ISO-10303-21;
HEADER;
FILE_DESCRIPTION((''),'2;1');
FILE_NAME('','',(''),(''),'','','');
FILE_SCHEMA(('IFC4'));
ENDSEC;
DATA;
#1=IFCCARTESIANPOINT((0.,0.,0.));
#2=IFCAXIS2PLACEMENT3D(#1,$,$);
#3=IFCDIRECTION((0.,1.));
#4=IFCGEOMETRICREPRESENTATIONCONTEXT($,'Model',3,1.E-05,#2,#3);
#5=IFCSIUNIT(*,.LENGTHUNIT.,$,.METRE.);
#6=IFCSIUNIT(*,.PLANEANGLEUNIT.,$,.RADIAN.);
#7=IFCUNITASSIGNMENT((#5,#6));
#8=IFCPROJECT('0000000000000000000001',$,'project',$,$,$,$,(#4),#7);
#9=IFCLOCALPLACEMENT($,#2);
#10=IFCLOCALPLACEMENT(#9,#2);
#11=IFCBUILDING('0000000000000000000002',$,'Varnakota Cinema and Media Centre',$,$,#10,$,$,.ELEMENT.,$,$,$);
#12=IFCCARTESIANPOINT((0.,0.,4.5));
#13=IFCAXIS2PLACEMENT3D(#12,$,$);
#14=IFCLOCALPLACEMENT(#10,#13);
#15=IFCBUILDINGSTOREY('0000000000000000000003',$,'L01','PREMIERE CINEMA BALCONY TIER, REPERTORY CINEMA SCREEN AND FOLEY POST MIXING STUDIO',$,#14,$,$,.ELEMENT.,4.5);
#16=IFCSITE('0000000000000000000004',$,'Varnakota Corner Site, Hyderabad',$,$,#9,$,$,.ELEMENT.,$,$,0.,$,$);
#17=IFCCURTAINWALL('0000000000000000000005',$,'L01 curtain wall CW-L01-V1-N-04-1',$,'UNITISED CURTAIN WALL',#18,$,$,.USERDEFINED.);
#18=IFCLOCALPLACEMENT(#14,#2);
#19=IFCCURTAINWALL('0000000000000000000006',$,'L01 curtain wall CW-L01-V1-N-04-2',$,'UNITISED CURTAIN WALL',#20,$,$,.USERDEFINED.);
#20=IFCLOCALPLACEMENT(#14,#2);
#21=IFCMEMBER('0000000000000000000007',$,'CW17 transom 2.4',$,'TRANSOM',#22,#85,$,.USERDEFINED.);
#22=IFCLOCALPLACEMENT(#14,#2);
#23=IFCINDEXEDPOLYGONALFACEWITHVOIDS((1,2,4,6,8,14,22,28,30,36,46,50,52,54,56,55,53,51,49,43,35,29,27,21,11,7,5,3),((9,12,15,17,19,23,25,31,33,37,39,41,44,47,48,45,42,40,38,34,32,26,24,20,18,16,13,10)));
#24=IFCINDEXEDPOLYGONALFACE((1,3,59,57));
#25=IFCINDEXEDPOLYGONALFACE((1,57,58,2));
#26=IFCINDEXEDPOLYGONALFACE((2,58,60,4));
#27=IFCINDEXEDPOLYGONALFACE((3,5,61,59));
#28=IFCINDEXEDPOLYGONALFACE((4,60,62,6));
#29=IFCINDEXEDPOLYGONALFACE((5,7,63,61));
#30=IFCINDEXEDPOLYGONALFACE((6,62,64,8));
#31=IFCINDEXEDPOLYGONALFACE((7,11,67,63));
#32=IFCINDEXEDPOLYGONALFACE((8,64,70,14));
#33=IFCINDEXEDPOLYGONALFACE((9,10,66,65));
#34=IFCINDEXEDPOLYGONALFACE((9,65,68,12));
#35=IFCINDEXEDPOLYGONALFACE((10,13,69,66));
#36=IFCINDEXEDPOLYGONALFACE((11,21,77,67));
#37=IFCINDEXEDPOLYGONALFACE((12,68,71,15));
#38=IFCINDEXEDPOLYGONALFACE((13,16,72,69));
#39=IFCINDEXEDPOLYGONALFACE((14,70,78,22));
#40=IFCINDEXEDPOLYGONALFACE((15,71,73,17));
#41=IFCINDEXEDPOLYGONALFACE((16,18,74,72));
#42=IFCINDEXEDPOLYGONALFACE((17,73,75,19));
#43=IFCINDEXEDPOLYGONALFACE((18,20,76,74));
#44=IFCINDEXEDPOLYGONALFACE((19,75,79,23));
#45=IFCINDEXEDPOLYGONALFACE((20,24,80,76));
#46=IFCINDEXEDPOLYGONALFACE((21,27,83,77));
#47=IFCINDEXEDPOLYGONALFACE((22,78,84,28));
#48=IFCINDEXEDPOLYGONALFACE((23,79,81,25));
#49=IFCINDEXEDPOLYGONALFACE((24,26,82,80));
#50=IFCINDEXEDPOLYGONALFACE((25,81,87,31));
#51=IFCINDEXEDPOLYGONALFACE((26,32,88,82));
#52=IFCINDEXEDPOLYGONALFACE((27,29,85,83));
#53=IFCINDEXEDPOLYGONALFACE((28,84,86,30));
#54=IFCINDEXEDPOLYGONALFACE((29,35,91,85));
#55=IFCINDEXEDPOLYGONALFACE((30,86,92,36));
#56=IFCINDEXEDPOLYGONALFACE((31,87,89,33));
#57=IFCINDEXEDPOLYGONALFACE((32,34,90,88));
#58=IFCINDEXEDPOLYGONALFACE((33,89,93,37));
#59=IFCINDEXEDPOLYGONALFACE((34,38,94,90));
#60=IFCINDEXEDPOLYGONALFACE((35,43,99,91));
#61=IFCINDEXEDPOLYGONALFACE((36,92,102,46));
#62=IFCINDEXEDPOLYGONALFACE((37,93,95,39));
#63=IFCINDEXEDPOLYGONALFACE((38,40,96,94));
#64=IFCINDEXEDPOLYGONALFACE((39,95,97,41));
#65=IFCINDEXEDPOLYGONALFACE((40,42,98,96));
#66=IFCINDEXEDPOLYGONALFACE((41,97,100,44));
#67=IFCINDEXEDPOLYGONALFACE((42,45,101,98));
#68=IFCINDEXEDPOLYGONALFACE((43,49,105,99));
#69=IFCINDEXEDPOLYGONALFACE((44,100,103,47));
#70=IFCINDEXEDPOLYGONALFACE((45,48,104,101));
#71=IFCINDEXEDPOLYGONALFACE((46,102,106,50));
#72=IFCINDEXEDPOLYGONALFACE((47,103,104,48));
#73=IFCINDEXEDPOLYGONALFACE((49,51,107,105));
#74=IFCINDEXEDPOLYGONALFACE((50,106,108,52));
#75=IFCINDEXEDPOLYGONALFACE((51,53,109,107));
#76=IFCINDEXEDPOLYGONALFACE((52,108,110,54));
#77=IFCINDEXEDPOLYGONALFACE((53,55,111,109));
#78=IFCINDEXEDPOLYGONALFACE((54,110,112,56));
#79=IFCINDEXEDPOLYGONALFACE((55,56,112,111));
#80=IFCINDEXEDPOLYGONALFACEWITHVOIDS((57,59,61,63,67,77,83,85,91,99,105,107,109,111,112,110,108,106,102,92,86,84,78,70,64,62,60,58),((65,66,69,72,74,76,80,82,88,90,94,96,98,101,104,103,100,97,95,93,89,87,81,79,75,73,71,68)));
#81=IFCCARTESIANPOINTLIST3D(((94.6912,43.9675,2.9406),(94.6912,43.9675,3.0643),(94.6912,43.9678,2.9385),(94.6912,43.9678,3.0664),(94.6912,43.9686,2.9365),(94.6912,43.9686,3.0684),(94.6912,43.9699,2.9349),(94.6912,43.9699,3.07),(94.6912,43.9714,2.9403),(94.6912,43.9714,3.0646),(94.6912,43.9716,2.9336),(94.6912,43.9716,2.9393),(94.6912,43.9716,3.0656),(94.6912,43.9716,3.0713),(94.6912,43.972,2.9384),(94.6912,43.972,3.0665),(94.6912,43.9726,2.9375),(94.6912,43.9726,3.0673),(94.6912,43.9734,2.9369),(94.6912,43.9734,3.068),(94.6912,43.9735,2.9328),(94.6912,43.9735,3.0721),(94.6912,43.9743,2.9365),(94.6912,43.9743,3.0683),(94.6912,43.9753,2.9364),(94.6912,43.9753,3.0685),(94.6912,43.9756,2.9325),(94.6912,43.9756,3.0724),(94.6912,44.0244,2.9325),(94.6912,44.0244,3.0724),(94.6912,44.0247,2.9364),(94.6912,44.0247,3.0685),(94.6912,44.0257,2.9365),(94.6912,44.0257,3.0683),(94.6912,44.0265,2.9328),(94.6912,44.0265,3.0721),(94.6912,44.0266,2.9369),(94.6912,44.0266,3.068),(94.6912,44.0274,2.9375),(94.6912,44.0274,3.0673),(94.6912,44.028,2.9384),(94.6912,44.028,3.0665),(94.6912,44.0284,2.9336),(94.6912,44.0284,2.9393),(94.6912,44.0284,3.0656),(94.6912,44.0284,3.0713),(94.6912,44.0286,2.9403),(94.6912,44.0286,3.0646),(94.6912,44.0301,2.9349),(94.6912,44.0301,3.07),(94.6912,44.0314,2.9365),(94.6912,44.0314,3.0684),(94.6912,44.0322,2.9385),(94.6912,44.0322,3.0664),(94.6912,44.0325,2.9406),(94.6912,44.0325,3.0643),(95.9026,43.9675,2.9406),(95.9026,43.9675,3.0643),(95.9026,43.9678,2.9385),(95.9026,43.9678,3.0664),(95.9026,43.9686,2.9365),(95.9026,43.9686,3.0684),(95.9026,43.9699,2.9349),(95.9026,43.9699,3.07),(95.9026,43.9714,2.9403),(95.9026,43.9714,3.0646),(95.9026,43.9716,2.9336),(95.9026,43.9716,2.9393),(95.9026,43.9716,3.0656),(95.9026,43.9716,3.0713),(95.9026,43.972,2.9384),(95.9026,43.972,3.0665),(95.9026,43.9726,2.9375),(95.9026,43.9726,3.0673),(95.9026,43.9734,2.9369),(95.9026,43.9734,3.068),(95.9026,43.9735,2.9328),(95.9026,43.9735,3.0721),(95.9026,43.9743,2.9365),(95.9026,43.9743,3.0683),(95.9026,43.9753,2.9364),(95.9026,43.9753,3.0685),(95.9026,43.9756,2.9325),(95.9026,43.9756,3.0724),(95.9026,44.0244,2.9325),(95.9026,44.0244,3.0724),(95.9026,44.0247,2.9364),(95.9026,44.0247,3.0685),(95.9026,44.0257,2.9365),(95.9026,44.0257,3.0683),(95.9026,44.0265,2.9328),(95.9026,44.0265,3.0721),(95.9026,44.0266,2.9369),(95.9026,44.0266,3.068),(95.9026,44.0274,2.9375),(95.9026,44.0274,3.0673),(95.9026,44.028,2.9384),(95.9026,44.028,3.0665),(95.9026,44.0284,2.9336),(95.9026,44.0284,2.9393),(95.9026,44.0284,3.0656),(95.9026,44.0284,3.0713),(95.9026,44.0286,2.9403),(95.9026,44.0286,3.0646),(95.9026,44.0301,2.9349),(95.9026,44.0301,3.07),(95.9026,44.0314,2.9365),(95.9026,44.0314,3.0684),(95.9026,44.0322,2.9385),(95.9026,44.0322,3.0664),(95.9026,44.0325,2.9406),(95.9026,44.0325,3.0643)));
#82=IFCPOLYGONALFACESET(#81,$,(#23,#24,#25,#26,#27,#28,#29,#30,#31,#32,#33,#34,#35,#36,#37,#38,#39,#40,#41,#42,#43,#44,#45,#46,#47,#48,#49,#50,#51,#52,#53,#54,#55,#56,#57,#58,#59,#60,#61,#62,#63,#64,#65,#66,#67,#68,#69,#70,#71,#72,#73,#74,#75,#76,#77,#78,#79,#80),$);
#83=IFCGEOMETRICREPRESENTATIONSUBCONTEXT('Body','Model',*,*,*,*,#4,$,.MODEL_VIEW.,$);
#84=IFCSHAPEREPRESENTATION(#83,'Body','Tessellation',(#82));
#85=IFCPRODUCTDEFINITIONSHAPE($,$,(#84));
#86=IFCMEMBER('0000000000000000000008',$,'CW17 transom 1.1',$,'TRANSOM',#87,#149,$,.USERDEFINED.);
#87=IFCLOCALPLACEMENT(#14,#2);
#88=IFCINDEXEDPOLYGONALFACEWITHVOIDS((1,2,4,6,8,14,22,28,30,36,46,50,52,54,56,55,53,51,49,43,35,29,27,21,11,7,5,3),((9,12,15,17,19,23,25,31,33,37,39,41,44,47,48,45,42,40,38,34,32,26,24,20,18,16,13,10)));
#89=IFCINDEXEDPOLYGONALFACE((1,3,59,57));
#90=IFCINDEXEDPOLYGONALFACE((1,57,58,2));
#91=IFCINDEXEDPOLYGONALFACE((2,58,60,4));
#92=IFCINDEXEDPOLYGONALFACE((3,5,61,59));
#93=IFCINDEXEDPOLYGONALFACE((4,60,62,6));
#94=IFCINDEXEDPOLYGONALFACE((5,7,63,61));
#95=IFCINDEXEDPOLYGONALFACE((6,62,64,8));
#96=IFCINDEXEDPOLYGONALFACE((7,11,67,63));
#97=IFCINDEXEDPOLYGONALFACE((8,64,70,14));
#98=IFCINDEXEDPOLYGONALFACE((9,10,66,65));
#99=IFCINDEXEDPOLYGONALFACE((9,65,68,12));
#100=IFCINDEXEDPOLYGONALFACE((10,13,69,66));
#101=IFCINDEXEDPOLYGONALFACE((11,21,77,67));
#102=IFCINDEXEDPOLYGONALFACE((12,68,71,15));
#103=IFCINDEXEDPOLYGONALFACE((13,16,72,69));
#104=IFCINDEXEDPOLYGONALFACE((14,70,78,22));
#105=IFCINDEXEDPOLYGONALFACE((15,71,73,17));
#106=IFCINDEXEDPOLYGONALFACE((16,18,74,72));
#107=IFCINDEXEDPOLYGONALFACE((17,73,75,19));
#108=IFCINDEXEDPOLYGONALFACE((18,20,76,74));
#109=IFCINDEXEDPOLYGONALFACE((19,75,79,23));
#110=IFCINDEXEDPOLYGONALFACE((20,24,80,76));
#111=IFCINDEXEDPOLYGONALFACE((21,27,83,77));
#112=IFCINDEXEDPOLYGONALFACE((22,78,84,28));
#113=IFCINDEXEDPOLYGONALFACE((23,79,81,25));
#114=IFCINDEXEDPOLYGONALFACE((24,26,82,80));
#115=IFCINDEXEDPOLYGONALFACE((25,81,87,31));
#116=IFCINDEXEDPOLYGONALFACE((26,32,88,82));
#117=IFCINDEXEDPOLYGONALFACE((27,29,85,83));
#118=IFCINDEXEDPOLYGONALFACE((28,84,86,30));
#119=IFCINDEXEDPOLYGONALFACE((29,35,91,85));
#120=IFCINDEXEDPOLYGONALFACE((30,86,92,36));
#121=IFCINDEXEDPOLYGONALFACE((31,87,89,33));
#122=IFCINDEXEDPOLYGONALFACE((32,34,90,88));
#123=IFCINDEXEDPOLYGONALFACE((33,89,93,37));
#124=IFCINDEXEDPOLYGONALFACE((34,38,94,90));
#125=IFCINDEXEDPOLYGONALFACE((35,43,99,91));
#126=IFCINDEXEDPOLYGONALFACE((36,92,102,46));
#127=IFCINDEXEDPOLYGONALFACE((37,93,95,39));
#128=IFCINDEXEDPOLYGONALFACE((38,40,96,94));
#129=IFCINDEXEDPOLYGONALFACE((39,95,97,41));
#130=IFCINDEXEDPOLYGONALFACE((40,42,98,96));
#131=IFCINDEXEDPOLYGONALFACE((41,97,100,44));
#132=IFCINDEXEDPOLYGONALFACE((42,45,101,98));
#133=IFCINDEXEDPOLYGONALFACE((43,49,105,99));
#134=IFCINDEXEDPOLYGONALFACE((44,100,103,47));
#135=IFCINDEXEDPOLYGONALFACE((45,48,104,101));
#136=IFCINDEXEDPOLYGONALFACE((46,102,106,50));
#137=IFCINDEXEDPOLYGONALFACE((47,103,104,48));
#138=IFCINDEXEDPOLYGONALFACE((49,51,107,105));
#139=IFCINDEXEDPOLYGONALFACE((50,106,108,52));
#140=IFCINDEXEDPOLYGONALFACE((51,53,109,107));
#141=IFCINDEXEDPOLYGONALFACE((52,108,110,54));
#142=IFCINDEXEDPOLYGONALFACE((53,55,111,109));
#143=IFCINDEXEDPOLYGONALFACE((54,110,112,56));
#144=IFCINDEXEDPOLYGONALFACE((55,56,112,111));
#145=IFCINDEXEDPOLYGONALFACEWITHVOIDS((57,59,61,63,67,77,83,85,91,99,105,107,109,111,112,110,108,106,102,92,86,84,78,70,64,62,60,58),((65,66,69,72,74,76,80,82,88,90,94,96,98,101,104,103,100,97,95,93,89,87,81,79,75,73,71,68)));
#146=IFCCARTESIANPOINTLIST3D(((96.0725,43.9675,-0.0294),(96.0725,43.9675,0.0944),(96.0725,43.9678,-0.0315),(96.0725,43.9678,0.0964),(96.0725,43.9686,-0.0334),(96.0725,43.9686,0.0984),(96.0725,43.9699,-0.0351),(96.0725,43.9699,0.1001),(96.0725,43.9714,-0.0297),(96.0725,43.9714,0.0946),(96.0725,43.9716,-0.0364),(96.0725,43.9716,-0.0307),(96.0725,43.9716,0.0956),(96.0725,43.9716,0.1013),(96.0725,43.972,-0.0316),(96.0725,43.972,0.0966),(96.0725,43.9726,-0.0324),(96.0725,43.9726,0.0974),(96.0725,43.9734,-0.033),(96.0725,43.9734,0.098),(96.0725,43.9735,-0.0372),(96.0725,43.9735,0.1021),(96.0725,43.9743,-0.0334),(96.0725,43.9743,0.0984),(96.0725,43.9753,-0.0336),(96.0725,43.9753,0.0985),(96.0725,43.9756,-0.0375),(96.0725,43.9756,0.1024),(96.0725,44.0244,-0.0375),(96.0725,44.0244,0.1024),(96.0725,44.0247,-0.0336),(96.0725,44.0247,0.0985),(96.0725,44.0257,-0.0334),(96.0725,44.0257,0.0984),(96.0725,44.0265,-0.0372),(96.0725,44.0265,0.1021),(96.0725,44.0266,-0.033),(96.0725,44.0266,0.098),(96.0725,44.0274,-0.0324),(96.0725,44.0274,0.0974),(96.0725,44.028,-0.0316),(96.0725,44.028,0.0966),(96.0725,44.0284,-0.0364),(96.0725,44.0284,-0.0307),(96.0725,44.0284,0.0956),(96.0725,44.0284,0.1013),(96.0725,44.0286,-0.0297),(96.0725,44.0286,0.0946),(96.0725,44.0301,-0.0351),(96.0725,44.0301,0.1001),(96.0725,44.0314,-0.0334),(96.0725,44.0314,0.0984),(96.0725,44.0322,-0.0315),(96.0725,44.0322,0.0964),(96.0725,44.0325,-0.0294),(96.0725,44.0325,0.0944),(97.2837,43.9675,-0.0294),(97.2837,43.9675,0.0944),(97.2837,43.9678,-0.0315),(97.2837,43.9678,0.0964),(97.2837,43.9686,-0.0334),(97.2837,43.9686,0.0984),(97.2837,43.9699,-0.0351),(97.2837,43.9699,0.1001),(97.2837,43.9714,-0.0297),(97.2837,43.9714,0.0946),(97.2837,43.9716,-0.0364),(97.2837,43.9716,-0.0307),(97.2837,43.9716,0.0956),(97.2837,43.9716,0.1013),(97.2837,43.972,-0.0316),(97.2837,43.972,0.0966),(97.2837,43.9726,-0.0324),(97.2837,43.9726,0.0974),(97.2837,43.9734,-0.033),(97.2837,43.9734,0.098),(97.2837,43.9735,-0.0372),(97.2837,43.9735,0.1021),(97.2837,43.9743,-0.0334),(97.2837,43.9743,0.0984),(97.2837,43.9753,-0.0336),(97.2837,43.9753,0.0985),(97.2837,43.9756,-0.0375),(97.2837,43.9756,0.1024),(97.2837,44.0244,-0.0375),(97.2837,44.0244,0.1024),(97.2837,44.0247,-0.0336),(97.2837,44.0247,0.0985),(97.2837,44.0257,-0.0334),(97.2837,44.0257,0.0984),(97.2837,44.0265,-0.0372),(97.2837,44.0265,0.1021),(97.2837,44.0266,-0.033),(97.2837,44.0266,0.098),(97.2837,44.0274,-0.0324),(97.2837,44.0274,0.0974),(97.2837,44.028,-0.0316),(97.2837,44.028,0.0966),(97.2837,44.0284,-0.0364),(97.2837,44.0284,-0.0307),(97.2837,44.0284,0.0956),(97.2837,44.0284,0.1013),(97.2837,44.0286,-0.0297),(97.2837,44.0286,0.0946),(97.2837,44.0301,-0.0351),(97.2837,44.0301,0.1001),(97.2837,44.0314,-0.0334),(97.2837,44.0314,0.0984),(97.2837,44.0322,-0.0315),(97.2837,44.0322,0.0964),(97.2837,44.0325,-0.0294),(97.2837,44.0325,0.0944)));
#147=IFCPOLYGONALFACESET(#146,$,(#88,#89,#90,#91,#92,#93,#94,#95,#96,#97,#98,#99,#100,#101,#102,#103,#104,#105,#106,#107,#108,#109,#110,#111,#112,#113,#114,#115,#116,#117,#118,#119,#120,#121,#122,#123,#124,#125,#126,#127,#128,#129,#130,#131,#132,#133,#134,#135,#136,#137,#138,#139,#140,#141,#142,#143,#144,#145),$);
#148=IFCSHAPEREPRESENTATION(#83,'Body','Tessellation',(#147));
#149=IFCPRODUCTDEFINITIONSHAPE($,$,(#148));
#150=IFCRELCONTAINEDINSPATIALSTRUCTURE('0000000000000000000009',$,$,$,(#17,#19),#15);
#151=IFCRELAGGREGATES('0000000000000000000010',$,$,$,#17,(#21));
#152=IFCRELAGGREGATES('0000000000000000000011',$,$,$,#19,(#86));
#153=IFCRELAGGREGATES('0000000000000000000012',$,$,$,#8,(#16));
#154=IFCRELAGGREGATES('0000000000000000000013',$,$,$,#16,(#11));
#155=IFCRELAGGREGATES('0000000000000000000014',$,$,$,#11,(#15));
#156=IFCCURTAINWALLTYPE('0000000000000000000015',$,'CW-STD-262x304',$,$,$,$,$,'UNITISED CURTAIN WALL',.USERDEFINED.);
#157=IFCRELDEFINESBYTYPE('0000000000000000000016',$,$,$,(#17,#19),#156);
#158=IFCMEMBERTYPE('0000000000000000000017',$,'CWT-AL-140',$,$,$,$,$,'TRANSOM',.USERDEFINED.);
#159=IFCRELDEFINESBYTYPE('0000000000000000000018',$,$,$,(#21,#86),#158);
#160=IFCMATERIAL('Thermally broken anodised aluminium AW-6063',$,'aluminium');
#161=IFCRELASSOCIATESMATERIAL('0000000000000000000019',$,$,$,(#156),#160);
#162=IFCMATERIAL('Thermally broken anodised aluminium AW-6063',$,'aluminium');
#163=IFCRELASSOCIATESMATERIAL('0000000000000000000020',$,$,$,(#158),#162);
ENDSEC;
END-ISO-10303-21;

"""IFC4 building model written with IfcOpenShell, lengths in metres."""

from ifc_helpers import new_model, si_unit, direction, frame, origin, origin_2d, place, context, subcontext, project, spatial, hollow_rectangle, extrude, material, material_profile, profile_set, type_object, element, aggregate, save


model = new_model("IFC4")

# Units and contexts
model_context = context("Model", 3, precision=1e-05, world=origin(), true_north=direction((0.0, 1.0)))
body_context = subcontext(model_context, "Body", "Model", "MODEL_VIEW")
ifc_project = project(units=[si_unit("LENGTHUNIT", "METRE"), si_unit("PLANEANGLEUNIT", "RADIAN")], contexts=[model_context])

# Site, building, storey
site_placement = place(None, origin())
site = spatial("IfcSite", under=ifc_project, at=site_placement, Name="Varnakota Corner Site, Hyderabad", CompositionType="ELEMENT", RefElevation=0.0)
building_placement = place(site_placement, origin())
building = spatial("IfcBuilding", under=site, at=building_placement, Name="Varnakota Cinema and Media Centre", CompositionType="ELEMENT")
storey_placement = place(building_placement, frame((0.0, 0.0, 4.5)))
storey = spatial("IfcBuildingStorey", under=building, at=storey_placement, Name="L01", Description="PREMIERE CINEMA BALCONY TIER, REPERTORY CINEMA SCREEN AND FOLEY POST MIXING STUDIO", CompositionType="ELEMENT", Elevation=4.5)

# Curtain walls
ifc_material_1 = material(Name="Thermally broken anodised aluminium AW-6063", Category="aluminium")
curtain_wall_type = type_object("IfcCurtainWallType", Name="CW-STD-262x304", ElementType="UNITISED CURTAIN WALL", PredefinedType="USERDEFINED", material=ifc_material_1)
curtain_wall_1_placement = place(storey_placement, origin())
curtain_wall_1 = element("IfcCurtainWall", 1, at=curtain_wall_1_placement, inside=storey, type_object=curtain_wall_type, Name="L01 curtain wall CW-L01-V1-N-04-1", ObjectType="UNITISED CURTAIN WALL", PredefinedType="USERDEFINED")
curtain_wall_2_placement = place(storey_placement, origin())
curtain_wall_2 = element("IfcCurtainWall", 2, at=curtain_wall_2_placement, inside=storey, type_object=curtain_wall_type, Name="L01 curtain wall CW-L01-V1-N-04-2", ObjectType="UNITISED CURTAIN WALL", PredefinedType="USERDEFINED")

# Members
ifc_material_2 = material(Name="Thermally broken anodised aluminium AW-6063", Category="aluminium")
ifc_material_profile_1 = material_profile(ifc_material_2, hollow_rectangle(XDim=0.0649, YDim=0.1399, WallThickness=0.0039, InnerFilletRadius=0.0039, OuterFilletRadius=0.0081, at=origin_2d()), Name="AL-TRANSOM 140x65x4")
ifc_profile_set_1 = profile_set([ifc_material_profile_1], Name="Thermally broken anodised aluminium AW-6063")
member_type_1 = type_object("IfcMemberType", Name="CWT-AL-140", ElementType="TRANSOM", PredefinedType="USERDEFINED", material=ifc_profile_set_1)
member_1_placement = place(storey_placement, frame((94.6912, 44.0, 3.0024), z_axis=(1.0, 0.0, 0.0), x_axis=(0.0, 1.0, 0.0)))
member_1 = element("IfcMember", 3, at=member_1_placement, type_object=member_type_1, Name="CW17 transom 2.4", ObjectType="TRANSOM", PredefinedType="USERDEFINED", context=body_context, shape_type="SweptSolid", body=[
    extrude(hollow_rectangle(XDim=0.0649, YDim=0.1399, WallThickness=0.0039, InnerFilletRadius=0.0039, OuterFilletRadius=0.0081, at=origin_2d()), origin(), (0.0, 0.0, 1.0), 1.2114),
])
member_2_placement = place(storey_placement, frame((96.0725, 44.0, 0.0325), z_axis=(1.0, 0.0, 0.0), x_axis=(0.0, 1.0, 0.0)))
member_2 = element("IfcMember", 4, at=member_2_placement, type_object=member_type_1, Name="CW17 transom 1.1", ObjectType="TRANSOM", PredefinedType="USERDEFINED", context=body_context, shape_type="SweptSolid", body=[
    extrude(hollow_rectangle(XDim=0.0649, YDim=0.1399, WallThickness=0.0039, InnerFilletRadius=0.0039, OuterFilletRadius=0.0081, at=origin_2d()), origin(), (0.0, 0.0, 1.0), 1.2112),
])

aggregate(curtain_wall_1, [member_1])
aggregate(curtain_wall_2, [member_2])

save(model, "model.ifc")
